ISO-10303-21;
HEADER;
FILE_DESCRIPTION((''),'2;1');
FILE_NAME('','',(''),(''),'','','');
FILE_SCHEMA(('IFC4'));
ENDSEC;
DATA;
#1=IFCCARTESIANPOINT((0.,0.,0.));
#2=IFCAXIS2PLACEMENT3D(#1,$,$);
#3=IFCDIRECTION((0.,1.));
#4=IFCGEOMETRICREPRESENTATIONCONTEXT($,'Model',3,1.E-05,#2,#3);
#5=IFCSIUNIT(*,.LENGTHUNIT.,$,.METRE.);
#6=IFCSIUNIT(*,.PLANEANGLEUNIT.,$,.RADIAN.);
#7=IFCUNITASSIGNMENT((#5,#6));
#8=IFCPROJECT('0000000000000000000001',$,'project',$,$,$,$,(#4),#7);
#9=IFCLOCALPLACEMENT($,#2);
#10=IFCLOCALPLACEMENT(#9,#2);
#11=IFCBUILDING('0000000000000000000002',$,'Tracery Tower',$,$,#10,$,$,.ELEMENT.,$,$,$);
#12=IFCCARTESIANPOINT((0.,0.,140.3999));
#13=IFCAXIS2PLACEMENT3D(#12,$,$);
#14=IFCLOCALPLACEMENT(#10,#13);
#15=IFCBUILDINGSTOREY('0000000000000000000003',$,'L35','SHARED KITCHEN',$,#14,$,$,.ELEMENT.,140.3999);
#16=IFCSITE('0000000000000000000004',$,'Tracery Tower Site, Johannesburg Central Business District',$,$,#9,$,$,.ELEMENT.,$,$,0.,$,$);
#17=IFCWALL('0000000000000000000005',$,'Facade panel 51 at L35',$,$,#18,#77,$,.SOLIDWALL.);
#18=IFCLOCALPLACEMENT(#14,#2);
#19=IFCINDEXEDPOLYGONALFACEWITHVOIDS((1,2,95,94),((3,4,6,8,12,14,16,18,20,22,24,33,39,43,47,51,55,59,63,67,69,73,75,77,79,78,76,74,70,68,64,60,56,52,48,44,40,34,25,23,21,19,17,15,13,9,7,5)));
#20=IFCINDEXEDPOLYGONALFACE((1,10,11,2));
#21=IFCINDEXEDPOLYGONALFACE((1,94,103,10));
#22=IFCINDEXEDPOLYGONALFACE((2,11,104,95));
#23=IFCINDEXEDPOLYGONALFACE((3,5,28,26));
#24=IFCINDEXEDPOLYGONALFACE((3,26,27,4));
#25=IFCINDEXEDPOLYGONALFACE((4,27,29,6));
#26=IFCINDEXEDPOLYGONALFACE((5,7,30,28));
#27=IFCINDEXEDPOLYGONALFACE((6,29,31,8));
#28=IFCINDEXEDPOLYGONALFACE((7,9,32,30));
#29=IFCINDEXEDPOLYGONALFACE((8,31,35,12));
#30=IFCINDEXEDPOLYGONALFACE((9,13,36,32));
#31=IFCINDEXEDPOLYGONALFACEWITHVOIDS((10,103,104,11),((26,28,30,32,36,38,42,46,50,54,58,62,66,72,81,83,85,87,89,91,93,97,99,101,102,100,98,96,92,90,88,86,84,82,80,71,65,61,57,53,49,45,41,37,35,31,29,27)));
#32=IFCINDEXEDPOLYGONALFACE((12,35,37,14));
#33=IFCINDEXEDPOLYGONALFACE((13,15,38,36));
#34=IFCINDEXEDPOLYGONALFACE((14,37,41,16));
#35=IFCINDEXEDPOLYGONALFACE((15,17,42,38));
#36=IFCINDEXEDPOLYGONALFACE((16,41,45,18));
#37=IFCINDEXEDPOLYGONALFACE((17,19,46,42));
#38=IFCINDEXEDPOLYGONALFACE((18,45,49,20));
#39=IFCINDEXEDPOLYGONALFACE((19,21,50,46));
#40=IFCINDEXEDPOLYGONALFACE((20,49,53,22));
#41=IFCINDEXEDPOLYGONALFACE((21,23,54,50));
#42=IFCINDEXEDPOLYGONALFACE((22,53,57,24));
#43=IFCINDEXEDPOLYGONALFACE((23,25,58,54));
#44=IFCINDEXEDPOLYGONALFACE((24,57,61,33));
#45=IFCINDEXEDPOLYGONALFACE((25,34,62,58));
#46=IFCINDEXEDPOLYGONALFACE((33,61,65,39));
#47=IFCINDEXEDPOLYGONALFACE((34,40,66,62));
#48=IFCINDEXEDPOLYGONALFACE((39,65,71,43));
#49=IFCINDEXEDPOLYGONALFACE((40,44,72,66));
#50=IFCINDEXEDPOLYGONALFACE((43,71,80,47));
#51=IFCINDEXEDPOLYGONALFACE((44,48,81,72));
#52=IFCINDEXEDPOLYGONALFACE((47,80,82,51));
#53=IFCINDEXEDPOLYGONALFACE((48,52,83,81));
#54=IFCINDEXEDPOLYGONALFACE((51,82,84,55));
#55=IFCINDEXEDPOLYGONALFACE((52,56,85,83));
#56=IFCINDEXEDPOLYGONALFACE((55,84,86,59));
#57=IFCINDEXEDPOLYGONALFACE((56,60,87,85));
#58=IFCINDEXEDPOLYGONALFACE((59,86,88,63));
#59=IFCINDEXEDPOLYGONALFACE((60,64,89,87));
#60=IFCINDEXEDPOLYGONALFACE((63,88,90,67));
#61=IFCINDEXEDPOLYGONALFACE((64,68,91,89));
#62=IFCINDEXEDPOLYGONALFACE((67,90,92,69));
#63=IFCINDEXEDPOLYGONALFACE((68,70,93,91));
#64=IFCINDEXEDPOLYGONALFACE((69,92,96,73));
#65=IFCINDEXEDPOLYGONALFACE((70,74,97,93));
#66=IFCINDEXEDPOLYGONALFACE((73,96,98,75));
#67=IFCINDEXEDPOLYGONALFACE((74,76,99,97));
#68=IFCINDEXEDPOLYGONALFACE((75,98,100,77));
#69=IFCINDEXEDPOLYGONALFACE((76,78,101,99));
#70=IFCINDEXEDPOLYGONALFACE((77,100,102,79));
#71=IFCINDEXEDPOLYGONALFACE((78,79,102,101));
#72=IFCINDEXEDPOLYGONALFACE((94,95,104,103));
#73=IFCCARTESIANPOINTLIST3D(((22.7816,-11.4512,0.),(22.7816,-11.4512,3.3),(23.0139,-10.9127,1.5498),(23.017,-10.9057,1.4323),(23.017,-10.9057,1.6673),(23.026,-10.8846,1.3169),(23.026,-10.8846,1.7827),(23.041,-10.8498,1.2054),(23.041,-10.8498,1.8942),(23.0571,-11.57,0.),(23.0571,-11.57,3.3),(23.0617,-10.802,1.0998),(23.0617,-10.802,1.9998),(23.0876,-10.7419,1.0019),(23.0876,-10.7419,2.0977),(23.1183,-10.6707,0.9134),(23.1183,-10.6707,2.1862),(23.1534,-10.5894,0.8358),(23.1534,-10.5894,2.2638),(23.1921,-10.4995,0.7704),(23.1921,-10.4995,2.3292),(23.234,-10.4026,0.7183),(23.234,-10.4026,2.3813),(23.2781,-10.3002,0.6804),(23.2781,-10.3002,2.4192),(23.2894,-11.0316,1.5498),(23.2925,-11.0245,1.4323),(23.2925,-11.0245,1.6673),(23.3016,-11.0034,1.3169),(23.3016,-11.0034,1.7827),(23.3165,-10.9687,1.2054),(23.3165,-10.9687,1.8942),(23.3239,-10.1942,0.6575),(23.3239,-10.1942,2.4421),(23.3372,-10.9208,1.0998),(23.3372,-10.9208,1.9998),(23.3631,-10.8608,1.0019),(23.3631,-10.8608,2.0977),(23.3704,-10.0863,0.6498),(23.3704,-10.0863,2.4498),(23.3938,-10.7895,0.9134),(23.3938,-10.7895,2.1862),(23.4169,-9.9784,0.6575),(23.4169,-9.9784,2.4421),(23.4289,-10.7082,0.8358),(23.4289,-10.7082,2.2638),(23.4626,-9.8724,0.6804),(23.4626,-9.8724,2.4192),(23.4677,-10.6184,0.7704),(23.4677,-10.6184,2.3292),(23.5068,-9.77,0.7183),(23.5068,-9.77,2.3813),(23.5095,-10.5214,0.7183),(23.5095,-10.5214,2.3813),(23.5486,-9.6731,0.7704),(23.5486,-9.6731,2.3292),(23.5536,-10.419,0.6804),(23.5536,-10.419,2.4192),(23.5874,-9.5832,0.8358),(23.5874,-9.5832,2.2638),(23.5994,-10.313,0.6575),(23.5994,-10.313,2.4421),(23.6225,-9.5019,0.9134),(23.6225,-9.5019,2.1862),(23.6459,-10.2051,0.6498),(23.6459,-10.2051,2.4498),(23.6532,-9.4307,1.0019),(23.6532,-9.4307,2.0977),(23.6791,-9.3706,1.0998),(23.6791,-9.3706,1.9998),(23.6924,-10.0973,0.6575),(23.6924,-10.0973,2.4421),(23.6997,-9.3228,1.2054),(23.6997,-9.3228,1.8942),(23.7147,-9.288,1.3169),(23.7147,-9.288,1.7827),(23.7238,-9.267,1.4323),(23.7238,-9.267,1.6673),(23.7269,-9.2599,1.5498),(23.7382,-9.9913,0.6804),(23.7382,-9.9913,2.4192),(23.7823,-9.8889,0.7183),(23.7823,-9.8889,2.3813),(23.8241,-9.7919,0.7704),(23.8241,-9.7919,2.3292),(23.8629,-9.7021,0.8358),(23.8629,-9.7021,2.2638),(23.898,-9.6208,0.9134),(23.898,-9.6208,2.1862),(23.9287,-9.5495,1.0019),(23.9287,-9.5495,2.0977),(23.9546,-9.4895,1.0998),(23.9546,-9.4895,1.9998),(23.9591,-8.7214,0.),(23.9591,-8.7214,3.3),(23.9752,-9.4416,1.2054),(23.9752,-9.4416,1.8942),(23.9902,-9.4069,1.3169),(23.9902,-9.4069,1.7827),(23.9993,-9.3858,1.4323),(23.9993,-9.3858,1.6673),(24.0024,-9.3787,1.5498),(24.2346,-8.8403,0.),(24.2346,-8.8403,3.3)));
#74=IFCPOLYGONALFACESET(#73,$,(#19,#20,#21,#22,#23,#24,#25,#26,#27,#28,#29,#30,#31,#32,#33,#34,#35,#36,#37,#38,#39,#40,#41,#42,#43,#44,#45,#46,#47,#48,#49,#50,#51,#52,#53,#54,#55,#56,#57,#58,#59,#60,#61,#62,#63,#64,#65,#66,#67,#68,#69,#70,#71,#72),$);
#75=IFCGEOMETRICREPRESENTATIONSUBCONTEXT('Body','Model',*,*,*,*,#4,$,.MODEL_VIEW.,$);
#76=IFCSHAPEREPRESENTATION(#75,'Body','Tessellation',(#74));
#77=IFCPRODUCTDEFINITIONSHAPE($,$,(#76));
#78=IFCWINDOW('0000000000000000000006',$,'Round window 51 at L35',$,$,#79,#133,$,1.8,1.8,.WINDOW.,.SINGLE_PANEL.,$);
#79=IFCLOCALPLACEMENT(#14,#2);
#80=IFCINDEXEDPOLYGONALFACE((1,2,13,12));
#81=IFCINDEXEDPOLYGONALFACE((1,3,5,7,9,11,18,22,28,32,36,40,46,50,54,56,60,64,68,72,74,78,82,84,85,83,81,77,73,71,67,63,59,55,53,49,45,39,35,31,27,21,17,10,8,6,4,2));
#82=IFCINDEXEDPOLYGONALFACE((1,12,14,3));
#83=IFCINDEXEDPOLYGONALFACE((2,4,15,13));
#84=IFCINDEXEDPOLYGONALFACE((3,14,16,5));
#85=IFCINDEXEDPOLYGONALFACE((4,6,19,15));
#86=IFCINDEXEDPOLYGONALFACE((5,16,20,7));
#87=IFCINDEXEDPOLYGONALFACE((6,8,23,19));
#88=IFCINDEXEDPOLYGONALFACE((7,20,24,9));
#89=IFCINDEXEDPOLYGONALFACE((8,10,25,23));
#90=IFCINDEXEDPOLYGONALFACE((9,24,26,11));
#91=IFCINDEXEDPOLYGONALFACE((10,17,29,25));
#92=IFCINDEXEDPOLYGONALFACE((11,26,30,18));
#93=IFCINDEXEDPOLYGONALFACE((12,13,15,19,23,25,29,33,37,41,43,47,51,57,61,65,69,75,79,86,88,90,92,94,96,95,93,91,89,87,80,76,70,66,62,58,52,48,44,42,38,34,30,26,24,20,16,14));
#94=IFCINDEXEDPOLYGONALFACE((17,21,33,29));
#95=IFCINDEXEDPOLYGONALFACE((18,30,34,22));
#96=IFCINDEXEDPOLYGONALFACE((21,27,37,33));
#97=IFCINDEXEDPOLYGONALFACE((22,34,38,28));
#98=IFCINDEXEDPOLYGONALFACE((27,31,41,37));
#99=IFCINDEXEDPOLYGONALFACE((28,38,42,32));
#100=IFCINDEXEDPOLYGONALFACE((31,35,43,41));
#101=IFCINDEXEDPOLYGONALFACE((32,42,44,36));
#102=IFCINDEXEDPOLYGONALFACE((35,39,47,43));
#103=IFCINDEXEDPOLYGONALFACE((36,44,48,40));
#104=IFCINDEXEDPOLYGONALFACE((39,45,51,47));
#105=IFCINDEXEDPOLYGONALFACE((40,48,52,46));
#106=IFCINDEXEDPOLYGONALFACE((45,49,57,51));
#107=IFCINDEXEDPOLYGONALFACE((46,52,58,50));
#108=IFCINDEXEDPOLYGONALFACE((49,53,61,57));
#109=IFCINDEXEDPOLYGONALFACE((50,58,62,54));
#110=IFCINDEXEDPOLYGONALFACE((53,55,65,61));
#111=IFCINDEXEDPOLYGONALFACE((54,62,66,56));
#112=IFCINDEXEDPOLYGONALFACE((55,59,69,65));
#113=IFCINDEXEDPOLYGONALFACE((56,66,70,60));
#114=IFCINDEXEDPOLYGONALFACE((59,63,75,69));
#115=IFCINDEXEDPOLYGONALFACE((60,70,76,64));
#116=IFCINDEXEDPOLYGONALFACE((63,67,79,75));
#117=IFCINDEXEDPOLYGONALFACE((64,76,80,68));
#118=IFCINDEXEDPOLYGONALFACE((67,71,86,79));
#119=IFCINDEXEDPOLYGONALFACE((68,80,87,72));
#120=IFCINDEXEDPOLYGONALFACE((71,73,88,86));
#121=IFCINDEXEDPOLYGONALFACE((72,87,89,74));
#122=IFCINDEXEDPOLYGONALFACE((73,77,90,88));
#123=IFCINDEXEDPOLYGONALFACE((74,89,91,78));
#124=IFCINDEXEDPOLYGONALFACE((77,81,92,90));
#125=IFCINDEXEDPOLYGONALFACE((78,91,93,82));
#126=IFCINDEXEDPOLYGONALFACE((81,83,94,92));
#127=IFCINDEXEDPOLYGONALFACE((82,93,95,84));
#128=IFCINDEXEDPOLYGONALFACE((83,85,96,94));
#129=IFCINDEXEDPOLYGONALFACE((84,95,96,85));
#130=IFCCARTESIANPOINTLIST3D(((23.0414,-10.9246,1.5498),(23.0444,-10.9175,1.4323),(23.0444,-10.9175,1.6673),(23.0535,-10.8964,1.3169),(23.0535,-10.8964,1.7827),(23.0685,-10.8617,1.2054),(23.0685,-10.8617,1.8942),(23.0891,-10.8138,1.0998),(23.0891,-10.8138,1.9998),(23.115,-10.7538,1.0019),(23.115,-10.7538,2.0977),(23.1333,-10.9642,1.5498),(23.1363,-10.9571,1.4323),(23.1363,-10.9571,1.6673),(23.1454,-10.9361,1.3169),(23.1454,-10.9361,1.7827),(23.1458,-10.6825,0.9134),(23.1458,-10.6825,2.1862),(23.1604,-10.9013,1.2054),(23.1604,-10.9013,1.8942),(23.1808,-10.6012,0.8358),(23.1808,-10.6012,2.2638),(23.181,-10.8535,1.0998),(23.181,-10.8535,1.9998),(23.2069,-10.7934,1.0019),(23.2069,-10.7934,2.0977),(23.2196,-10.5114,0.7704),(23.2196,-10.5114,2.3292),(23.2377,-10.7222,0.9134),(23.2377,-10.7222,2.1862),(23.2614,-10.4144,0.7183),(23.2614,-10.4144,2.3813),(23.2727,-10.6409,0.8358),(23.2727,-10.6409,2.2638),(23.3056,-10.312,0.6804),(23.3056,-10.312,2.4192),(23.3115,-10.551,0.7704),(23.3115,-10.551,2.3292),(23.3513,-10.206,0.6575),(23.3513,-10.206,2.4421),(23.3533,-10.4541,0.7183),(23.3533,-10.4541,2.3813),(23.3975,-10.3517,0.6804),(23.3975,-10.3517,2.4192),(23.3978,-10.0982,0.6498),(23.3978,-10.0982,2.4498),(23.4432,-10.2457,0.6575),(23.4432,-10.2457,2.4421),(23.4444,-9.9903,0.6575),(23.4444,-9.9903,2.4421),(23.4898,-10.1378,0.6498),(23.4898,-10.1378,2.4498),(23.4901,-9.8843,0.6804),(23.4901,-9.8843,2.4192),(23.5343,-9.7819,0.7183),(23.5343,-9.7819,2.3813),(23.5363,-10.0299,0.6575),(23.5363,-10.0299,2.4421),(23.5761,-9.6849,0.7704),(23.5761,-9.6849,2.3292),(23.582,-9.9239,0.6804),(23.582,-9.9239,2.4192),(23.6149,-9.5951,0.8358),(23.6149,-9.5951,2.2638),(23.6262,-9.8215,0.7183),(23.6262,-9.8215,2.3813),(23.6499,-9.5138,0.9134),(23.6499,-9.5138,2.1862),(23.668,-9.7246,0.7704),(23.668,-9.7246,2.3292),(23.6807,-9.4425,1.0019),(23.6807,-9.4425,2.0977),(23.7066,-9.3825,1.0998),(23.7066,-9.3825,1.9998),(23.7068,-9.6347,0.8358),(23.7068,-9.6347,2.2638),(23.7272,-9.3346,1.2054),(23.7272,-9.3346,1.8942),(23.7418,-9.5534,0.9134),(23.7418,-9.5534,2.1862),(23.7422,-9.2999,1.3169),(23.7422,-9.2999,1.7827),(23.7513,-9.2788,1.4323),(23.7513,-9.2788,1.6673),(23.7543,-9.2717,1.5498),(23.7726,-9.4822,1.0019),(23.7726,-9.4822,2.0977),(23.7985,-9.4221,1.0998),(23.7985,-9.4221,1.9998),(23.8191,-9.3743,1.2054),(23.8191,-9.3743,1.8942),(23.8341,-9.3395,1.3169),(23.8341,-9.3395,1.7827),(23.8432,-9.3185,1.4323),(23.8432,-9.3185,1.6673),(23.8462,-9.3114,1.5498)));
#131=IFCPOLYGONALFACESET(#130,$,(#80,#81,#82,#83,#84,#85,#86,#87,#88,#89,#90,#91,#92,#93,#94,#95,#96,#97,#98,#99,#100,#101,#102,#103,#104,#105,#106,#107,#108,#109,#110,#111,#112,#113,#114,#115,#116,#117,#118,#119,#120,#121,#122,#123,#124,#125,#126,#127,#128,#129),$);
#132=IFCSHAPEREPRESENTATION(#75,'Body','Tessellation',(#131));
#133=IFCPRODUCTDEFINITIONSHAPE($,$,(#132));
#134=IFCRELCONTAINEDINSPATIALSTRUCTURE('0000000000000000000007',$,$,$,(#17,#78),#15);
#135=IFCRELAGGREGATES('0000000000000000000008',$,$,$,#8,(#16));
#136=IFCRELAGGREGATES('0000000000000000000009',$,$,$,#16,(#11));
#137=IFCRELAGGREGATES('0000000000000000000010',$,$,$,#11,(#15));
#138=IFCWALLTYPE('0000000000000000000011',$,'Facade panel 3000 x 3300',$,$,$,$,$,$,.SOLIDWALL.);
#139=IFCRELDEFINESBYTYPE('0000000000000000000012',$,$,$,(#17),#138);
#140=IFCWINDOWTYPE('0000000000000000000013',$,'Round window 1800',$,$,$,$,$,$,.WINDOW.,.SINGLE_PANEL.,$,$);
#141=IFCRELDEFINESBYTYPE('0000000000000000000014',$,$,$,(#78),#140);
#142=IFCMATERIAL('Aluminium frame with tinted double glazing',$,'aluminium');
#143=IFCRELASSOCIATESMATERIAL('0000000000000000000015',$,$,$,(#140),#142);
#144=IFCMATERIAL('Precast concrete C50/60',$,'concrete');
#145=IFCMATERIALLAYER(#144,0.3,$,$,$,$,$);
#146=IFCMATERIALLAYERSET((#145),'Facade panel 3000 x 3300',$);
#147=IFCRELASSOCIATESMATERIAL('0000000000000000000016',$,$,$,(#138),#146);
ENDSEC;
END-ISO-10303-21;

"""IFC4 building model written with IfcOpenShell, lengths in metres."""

from ifc_helpers import new_model, si_unit, direction, frame, frame_2d, origin, origin_2d, place, context, subcontext, project, spatial, rectangle, circle, extrude, material, layer, layer_set, type_object, element, fill, save


model = new_model("IFC4")

# Units and contexts
model_context = context("Model", 3, precision=1e-05, world=origin(), true_north=direction((0.0, 1.0)))
body_context = subcontext(model_context, "Body", "Model", "MODEL_VIEW")
ifc_project = project(units=[si_unit("LENGTHUNIT", "METRE"), si_unit("PLANEANGLEUNIT", "RADIAN")], contexts=[model_context])

# Site, building, storey
site_placement = place(None, origin())
site = spatial("IfcSite", under=ifc_project, at=site_placement, Name="Tracery Tower Site, Johannesburg Central Business District", CompositionType="ELEMENT", RefElevation=0.0)
building_placement = place(site_placement, origin())
building = spatial("IfcBuilding", under=site, at=building_placement, Name="Tracery Tower", CompositionType="ELEMENT")
storey_placement = place(building_placement, frame((0.0, 0.0, 140.3999)))
storey = spatial("IfcBuildingStorey", under=building, at=storey_placement, Name="L35", Description="SHARED KITCHEN", CompositionType="ELEMENT", Elevation=140.3999)

# Wall, opening, window
ifc_material_1 = material(Name="Aluminium frame with tinted double glazing", Category="aluminium")
window_type = type_object("IfcWindowType", Name="Round window 1800", PartitioningType="SINGLE_PANEL", PredefinedType="WINDOW", material=ifc_material_1)
ifc_material_2 = material(Name="Precast concrete C50/60", Category="concrete")
ifc_layer_1 = layer(ifc_material_2, 0.3)
ifc_layer_set_1 = layer_set([ifc_layer_1], Name="Facade panel 3000 x 3300")
wall_type_1 = type_object("IfcWallType", Name="Facade panel 3000 x 3300", PredefinedType="SOLIDWALL", material=ifc_layer_set_1)
wall_1_placement = place(storey_placement, frame((22.9194, -11.5105, 0.0), z_axis=(0.0, 0.0, 1.0), x_axis=(0.396079, 0.918216, 0.0)))
wall_1 = element("IfcWall", 1, at=wall_1_placement, inside=storey, type_object=wall_type_1, Name="Facade panel 51 at L35", PredefinedType="SOLIDWALL", context=body_context, shape_type="SweptSolid", body=[
    extrude(rectangle(XDim=2.9729, YDim=0.3, at=frame_2d((1.4863, 0.0))), origin(), (0.0, 0.0, 1.0), 3.3),
])
opening_1_placement = place(wall_1_placement, frame((1.4863, 0.0, 1.5498)))
opening_1 = element("IfcOpeningElement", 2, at=opening_1_placement, cuts=wall_1, PredefinedType="OPENING", context=body_context, shape_type="SweptSolid", body=[
    extrude(circle(Radius=0.9, at=origin_2d()), frame((0.0, 0.1599, 0.0), z_axis=(0.0, -1.0, 0.0), x_axis=(1.0, 0.0, 0.0)), (0.0, 0.0, 1.0), 0.3201),
])
window_1_placement = place(opening_1_placement, origin())
window_1 = element("IfcWindow", 3, at=window_1_placement, inside=storey, type_object=window_type, Name="Round window 51 at L35", OverallHeight=1.8, OverallWidth=1.8, PartitioningType="SINGLE_PANEL", PredefinedType="WINDOW", context=body_context, shape_type="SweptSolid", body=[
    extrude(circle(Radius=0.9, at=origin_2d()), frame((0.0, 0.1201, 0.0), z_axis=(0.0, -1.0, 0.0), x_axis=(1.0, 0.0, 0.0)), (0.0, 0.0, 1.0), 0.1001),
])
fill(opening_1, window_1)

save(model, "model.ifc")
